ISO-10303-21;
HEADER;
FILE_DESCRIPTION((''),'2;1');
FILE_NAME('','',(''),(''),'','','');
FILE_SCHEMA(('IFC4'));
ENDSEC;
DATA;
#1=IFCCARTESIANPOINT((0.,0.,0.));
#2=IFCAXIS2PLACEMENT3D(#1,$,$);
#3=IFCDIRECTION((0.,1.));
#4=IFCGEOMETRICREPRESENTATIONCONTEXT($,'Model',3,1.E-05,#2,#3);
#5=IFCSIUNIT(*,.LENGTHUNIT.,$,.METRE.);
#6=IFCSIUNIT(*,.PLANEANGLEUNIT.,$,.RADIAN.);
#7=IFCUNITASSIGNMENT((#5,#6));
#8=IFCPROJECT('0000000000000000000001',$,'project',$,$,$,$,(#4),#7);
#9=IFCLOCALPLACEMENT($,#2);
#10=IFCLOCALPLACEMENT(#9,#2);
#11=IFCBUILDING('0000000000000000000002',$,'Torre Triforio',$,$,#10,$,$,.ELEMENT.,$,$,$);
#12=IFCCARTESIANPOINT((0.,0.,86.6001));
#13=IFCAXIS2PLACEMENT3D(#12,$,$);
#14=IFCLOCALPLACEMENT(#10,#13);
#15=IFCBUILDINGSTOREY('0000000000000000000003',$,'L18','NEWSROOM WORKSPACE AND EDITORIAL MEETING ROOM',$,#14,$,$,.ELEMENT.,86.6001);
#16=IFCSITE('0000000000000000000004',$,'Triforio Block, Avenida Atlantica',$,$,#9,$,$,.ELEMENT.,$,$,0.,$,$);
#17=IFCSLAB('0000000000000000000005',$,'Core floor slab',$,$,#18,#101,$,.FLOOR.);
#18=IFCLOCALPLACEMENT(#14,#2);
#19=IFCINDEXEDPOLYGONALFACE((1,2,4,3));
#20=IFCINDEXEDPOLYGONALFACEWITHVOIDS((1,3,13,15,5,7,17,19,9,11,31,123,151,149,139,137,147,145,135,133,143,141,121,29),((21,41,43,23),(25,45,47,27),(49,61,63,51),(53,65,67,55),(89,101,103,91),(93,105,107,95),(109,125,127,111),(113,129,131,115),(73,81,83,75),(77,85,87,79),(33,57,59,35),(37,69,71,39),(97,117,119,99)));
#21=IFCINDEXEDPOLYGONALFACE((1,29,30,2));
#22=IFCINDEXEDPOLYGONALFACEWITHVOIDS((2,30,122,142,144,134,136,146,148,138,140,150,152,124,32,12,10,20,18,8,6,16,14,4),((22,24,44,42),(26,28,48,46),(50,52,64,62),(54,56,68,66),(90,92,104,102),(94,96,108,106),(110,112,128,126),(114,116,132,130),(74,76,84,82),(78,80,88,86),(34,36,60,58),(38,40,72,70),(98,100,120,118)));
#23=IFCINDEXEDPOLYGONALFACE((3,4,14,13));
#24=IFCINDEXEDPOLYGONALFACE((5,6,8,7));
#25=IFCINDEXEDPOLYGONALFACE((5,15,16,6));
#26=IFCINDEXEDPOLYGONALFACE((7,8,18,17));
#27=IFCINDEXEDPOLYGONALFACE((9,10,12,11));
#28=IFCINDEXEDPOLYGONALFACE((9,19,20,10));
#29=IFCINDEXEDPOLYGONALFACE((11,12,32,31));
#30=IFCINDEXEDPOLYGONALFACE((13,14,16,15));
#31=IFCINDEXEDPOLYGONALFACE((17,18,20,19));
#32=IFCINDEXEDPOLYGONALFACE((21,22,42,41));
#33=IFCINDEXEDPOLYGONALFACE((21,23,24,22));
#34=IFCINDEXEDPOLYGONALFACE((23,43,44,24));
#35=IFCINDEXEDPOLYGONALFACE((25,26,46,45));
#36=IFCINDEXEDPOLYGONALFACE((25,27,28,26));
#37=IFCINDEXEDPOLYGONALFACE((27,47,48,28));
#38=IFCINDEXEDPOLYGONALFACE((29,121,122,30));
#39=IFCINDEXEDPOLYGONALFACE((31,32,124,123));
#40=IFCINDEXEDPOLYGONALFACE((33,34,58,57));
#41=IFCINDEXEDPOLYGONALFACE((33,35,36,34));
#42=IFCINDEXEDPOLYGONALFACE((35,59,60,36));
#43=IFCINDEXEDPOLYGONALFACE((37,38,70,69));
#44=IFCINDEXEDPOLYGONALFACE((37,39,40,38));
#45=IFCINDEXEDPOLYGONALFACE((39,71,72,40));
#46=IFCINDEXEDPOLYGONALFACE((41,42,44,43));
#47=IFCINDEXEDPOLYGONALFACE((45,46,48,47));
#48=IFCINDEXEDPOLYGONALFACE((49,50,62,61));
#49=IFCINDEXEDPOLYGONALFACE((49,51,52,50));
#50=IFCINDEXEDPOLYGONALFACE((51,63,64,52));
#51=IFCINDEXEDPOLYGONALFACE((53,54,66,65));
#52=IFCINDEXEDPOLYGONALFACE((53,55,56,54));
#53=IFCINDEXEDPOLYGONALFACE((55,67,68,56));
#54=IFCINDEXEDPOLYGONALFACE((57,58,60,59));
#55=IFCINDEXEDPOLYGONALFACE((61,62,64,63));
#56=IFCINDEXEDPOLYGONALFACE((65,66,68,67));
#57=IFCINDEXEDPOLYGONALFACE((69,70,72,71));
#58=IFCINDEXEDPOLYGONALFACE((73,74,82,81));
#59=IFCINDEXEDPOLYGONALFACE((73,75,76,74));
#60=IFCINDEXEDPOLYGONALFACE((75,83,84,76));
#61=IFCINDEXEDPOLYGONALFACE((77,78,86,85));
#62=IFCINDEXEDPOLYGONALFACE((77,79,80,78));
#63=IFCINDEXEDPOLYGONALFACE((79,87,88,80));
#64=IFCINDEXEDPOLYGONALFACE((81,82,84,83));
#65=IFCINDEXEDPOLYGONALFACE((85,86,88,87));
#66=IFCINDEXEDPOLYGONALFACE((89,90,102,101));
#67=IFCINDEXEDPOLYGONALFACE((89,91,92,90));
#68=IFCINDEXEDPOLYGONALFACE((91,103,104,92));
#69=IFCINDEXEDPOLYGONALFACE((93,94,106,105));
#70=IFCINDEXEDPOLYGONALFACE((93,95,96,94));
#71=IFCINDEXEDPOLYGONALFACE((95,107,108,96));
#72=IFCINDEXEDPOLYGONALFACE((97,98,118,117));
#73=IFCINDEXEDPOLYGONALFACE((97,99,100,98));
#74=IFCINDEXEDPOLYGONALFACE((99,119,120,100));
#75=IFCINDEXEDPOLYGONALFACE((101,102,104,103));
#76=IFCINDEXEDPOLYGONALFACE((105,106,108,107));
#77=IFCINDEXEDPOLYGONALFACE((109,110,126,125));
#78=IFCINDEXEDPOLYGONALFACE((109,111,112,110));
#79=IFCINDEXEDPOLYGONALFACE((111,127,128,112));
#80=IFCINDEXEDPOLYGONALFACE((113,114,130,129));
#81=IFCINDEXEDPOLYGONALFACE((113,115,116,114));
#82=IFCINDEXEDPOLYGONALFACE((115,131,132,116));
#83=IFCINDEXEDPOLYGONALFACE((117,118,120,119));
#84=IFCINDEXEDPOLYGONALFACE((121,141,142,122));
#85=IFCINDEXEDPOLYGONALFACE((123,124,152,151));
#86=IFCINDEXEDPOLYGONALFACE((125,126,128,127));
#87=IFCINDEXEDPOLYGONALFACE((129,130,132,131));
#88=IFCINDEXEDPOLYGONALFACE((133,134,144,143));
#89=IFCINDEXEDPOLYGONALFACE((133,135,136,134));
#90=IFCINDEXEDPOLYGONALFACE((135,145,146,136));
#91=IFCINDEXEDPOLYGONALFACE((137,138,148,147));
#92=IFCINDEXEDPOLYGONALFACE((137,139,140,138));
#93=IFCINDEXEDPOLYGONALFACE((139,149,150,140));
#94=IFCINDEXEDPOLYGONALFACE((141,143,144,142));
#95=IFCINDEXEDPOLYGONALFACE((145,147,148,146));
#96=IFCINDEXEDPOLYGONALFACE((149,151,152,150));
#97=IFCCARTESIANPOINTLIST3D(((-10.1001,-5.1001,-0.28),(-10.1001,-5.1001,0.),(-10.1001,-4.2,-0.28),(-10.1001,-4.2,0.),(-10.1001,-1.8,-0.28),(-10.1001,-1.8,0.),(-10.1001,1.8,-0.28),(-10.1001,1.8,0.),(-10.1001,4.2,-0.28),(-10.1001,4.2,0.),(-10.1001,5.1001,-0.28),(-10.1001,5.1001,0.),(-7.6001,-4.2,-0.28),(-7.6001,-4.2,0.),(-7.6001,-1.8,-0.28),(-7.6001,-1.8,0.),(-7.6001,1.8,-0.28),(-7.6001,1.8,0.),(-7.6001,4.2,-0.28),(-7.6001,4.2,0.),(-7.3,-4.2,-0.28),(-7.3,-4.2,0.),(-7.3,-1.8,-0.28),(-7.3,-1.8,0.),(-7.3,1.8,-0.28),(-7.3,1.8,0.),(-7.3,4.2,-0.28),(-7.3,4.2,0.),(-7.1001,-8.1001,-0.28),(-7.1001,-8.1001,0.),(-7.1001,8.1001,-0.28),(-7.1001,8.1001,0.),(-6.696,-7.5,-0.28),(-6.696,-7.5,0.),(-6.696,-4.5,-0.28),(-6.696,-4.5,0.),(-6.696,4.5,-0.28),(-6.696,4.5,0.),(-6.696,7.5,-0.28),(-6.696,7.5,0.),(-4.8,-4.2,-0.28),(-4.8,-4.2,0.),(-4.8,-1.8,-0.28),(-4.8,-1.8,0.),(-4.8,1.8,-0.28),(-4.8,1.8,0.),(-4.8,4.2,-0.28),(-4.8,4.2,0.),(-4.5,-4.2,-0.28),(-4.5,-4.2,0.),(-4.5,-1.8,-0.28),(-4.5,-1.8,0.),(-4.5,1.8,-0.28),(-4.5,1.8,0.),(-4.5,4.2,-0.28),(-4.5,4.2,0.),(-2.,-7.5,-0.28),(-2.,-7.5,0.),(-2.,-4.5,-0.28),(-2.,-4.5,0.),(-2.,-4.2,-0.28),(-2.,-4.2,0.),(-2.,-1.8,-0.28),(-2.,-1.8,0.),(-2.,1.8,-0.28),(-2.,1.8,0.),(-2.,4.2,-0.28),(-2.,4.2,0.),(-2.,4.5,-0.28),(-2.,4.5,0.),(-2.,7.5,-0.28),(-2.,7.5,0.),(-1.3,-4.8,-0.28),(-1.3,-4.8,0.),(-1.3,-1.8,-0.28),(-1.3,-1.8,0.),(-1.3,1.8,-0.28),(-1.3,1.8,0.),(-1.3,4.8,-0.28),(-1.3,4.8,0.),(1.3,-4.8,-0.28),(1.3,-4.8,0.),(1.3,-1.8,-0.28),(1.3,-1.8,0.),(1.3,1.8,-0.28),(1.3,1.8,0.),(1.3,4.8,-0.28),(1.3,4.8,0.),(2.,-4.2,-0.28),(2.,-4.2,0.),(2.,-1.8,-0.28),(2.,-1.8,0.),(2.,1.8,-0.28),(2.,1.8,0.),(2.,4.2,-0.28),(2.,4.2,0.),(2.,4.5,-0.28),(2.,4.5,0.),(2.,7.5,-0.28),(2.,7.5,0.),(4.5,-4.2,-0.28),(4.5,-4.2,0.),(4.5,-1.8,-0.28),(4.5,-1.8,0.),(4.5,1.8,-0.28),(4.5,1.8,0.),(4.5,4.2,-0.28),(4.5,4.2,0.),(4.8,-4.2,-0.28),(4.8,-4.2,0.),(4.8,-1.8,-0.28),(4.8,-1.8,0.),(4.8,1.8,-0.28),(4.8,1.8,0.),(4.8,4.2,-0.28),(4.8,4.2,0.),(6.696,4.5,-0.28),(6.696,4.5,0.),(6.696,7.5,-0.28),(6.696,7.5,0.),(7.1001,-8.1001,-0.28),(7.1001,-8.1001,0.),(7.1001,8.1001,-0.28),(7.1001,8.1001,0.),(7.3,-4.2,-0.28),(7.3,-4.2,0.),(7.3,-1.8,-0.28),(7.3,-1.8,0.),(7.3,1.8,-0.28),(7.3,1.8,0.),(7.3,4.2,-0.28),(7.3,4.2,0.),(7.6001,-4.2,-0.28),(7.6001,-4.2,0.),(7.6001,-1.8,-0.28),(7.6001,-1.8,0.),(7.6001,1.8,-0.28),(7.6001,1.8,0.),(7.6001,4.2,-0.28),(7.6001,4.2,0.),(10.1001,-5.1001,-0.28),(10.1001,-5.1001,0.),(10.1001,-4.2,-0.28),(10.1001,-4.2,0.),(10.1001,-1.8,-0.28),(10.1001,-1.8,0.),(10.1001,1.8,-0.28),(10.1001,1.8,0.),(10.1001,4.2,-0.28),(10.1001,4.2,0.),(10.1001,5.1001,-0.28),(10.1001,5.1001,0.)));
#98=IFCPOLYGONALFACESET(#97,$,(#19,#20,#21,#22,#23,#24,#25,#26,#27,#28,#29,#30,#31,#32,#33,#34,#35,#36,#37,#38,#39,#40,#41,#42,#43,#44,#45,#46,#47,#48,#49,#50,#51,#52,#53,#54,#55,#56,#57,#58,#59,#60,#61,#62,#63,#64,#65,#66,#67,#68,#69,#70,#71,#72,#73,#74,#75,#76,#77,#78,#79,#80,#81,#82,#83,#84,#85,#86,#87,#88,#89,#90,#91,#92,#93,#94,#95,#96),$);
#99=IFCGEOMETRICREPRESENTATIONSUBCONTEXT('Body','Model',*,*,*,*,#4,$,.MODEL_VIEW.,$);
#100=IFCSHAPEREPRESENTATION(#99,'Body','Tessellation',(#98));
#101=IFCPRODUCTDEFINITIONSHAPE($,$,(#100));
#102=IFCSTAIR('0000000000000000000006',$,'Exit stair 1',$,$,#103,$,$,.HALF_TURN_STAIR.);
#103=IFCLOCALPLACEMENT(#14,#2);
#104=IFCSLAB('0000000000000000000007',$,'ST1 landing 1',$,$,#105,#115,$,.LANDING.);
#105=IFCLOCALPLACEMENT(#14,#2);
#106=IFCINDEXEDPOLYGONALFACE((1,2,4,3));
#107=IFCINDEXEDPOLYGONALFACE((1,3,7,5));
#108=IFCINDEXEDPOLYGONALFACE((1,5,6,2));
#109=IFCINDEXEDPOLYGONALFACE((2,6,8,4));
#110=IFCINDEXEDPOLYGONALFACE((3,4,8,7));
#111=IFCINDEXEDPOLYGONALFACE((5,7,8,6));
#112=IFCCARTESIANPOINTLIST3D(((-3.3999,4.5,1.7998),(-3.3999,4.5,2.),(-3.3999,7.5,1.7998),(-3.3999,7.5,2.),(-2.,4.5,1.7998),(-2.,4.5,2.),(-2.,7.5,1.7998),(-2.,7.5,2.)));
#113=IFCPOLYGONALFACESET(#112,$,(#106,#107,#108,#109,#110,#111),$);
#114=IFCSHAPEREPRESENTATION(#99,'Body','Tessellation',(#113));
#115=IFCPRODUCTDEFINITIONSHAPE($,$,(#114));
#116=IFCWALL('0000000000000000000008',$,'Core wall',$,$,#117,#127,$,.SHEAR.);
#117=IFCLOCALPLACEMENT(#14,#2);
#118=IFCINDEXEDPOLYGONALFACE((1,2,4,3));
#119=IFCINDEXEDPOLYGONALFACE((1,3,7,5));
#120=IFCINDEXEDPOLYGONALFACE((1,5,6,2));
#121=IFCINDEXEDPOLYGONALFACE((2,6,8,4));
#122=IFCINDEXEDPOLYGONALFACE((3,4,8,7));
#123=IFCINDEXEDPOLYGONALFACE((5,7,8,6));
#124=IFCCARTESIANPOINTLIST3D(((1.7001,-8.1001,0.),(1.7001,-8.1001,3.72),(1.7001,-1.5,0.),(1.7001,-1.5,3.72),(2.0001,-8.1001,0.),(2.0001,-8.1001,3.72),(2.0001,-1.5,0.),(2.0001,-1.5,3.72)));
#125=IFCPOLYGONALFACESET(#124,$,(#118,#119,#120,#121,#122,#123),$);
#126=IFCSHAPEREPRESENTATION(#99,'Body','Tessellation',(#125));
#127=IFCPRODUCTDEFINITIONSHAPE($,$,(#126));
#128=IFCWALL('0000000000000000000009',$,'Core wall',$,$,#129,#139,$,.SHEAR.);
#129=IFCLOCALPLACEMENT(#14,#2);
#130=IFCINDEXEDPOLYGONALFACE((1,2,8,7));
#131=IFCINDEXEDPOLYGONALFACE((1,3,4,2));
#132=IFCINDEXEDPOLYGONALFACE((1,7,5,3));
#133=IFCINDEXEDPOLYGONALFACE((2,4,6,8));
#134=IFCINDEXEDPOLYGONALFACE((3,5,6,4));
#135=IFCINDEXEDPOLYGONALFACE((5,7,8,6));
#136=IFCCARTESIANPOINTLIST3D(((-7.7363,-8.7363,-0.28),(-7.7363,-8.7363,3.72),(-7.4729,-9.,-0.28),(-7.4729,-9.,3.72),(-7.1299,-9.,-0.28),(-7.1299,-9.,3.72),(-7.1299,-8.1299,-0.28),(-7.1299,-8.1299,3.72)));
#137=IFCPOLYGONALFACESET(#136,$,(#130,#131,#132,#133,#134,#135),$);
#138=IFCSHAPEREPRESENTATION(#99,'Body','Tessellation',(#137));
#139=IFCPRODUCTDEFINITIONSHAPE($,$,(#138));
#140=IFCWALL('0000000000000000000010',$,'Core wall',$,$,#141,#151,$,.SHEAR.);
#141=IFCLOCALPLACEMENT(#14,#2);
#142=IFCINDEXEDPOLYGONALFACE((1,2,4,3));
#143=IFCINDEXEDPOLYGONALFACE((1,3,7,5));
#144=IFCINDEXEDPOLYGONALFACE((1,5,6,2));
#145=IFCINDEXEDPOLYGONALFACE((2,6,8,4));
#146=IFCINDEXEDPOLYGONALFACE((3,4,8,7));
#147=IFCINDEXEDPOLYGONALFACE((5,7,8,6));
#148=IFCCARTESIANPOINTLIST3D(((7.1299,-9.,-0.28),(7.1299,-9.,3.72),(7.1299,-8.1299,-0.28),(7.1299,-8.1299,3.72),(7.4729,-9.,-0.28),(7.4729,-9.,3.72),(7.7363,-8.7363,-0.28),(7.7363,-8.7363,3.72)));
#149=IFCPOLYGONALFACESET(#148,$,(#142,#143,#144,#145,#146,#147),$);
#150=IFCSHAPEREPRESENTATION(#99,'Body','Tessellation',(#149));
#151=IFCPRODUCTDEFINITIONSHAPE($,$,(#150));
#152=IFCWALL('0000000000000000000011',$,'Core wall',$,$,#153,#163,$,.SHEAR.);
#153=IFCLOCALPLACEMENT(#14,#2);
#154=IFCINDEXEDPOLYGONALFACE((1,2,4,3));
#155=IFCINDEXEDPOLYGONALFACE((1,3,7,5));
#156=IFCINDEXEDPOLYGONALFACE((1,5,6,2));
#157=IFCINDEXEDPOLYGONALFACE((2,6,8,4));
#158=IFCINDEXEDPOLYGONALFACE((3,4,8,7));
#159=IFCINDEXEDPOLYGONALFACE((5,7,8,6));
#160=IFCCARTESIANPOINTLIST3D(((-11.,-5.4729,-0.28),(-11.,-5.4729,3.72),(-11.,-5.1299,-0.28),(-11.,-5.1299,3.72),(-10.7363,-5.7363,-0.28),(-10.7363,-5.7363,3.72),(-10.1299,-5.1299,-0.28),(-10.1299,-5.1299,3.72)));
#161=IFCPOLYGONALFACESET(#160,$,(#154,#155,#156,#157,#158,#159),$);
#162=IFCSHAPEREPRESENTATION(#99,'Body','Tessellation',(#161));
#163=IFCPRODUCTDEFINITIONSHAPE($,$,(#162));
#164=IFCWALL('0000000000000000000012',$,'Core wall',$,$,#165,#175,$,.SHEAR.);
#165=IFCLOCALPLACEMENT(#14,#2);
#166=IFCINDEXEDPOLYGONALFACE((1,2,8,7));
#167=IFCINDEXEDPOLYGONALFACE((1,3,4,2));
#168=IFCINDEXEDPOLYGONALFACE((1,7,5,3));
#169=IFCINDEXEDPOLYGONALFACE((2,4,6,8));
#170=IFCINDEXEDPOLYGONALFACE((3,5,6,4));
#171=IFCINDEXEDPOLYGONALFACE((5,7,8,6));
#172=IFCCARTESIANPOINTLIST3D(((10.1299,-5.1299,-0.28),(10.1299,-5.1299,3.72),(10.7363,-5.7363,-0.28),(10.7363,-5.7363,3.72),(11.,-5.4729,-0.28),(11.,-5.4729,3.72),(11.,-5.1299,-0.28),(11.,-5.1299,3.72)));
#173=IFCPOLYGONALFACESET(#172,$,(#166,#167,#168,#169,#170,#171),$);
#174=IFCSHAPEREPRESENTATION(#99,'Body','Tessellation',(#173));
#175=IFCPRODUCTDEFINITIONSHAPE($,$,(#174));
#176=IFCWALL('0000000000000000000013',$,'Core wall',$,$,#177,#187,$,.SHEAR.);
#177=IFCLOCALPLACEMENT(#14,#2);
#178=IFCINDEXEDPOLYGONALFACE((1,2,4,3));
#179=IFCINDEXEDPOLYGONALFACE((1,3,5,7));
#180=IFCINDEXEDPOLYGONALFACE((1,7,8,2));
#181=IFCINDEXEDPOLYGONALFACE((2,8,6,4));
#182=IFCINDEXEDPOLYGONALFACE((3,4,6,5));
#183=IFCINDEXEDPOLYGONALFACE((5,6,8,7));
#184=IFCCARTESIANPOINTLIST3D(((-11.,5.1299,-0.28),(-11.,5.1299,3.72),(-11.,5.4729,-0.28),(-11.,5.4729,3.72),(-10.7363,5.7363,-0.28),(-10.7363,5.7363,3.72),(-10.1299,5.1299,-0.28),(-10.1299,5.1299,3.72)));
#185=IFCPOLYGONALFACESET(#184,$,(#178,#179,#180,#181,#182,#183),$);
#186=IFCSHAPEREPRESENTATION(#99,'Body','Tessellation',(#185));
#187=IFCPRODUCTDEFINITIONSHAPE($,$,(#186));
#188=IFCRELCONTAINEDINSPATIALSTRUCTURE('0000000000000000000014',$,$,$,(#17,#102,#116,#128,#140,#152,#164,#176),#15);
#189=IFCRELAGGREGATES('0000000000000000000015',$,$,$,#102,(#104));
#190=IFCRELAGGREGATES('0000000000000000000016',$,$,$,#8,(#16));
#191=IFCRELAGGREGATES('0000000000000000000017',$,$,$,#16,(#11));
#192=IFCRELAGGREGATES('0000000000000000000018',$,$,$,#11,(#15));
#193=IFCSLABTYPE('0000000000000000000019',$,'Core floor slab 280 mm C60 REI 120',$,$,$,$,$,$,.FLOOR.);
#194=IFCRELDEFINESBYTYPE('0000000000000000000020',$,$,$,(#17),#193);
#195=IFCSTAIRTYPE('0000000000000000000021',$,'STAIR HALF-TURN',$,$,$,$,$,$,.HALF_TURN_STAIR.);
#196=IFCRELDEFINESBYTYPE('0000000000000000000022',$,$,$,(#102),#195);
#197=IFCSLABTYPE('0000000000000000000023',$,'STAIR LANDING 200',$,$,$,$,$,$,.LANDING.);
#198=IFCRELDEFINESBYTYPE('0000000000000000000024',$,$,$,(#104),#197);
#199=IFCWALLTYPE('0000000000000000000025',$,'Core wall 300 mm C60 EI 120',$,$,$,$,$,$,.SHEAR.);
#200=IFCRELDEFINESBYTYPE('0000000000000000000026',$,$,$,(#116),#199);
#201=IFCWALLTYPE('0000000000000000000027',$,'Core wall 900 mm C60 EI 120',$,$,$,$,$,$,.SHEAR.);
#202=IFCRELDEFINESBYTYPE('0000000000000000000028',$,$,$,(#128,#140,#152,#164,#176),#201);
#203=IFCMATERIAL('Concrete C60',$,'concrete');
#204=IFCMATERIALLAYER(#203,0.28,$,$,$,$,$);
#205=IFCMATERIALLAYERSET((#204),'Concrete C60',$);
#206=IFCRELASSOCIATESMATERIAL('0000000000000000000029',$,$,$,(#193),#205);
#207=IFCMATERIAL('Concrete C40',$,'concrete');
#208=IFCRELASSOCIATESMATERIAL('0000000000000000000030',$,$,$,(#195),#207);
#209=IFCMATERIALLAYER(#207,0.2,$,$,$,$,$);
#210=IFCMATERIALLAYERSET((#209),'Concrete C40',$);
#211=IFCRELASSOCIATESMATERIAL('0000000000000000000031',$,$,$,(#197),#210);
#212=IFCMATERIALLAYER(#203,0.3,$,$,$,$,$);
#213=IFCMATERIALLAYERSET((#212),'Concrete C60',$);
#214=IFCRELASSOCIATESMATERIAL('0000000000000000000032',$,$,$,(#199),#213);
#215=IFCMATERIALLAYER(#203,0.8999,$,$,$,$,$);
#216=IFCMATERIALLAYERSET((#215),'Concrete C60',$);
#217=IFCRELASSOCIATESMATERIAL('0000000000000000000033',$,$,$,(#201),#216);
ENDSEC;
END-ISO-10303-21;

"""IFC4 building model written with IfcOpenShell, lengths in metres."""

from ifc_helpers import new_model, si_unit, direction, frame, frame_2d, origin, place, context, subcontext, project, spatial, polyline, rectangle, outline, extrude, material, layer, layer_set, type_object, element, aggregate, save


model = new_model("IFC4")

# Units and contexts
model_context = context("Model", 3, precision=1e-05, world=origin(), true_north=direction((0.0, 1.0)))
body_context = subcontext(model_context, "Body", "Model", "MODEL_VIEW")
ifc_project = project(units=[si_unit("LENGTHUNIT", "METRE"), si_unit("PLANEANGLEUNIT", "RADIAN")], contexts=[model_context])

# Site, building, storey
site_placement = place(None, origin())
site = spatial("IfcSite", under=ifc_project, at=site_placement, Name="Triforio Block, Avenida Atlantica", CompositionType="ELEMENT", RefElevation=0.0)
building_placement = place(site_placement, origin())
building = spatial("IfcBuilding", under=site, at=building_placement, Name="Torre Triforio", CompositionType="ELEMENT")
storey_placement = place(building_placement, frame((0.0, 0.0, 86.6001)))
storey = spatial("IfcBuildingStorey", under=building, at=storey_placement, Name="L18", Description="NEWSROOM WORKSPACE AND EDITORIAL MEETING ROOM", CompositionType="ELEMENT", Elevation=86.6001)

# Slab
ifc_material_1 = material(Name="Concrete C60", Category="concrete")
ifc_layer_1 = layer(ifc_material_1, 0.28)
ifc_layer_set_1 = layer_set([ifc_layer_1], Name="Concrete C60")
slab_type_1 = type_object("IfcSlabType", Name="Core floor slab 280 mm C60 REI 120", PredefinedType="FLOOR", material=ifc_layer_set_1)
slab_1_placement = place(storey_placement, frame((0.0, 0.0, -0.28)))
element("IfcSlab", 1, at=slab_1_placement, inside=storey, type_object=slab_type_1, Name="Core floor slab", PredefinedType="FLOOR", context=body_context, shape_type="SweptSolid", body=[
    extrude(outline(polyline([(10.1001, -5.1001), (7.1001, -8.1001), (-7.1001, -8.1001), (-10.1001, -5.1001), (-10.1001, -4.2), (-7.6001, -4.2), (-7.6001, -1.8), (-10.1001, -1.8), (-10.1001, 1.8), (-7.6001, 1.8), (-7.6001, 4.2), (-10.1001, 4.2), (-10.1001, 5.1001), (-7.1001, 8.1001), (7.1001, 8.1001), (10.1001, 5.1001), (10.1001, 4.2), (7.6001, 4.2), (7.6001, 1.8), (10.1001, 1.8), (10.1001, -1.8), (7.6001, -1.8), (7.6001, -4.2), (10.1001, -4.2), (10.1001, -5.1001)]), holes=[polyline([(-2.0, -4.5), (-6.696, -4.5), (-6.696, -7.5), (-2.0, -7.5), (-2.0, -4.5)]), polyline([(-4.8, -1.8), (-7.3, -1.8), (-7.3, -4.2), (-4.8, -4.2), (-4.8, -1.8)]), polyline([(-2.0, -1.8), (-4.5, -1.8), (-4.5, -4.2), (-2.0, -4.2), (-2.0, -1.8)]), polyline([(-4.8, 4.2), (-7.3, 4.2), (-7.3, 1.8), (-4.8, 1.8), (-4.8, 4.2)]), polyline([(-2.0, 4.2), (-4.5, 4.2), (-4.5, 1.8), (-2.0, 1.8), (-2.0, 4.2)]), polyline([(1.3, 4.8), (-1.3, 4.8), (-1.3, 1.8), (1.3, 1.8), (1.3, 4.8)]), polyline([(-2.0, 7.5), (-6.696, 7.5), (-6.696, 4.5), (-2.0, 4.5), (-2.0, 7.5)]), polyline([(1.3, -1.8), (-1.3, -1.8), (-1.3, -4.8), (1.3, -4.8), (1.3, -1.8)]), polyline([(4.5, -1.8), (2.0, -1.8), (2.0, -4.2), (4.5, -4.2), (4.5, -1.8)]), polyline([(7.3, -1.8), (4.8, -1.8), (4.8, -4.2), (7.3, -4.2), (7.3, -1.8)]), polyline([(4.5, 4.2), (2.0, 4.2), (2.0, 1.8), (4.5, 1.8), (4.5, 4.2)]), polyline([(7.3, 4.2), (4.8, 4.2), (4.8, 1.8), (7.3, 1.8), (7.3, 4.2)]), polyline([(6.696, 4.5), (6.696, 7.5), (2.0, 7.5), (2.0, 4.5), (6.696, 4.5)])]), origin(), (0.0, 0.0, 1.0), 0.28),
])

# Stair, slab
ifc_material_2 = material(Name="Concrete C40", Category="concrete")
stair_type = type_object("IfcStairType", Name="STAIR HALF-TURN", PredefinedType="HALF_TURN_STAIR", material=ifc_material_2)
stair_placement = place(storey_placement, origin())
stair = element("IfcStair", 2, at=stair_placement, inside=storey, type_object=stair_type, Name="Exit stair 1", PredefinedType="HALF_TURN_STAIR")
ifc_layer_2 = layer(ifc_material_2, 0.2)
ifc_layer_set_2 = layer_set([ifc_layer_2], Name="Concrete C40")
slab_type_2 = type_object("IfcSlabType", Name="STAIR LANDING 200", PredefinedType="LANDING", material=ifc_layer_set_2)
slab_2_placement = place(storey_placement, frame((0.0, 0.0, 1.7998)))
slab_2 = element("IfcSlab", 3, at=slab_2_placement, type_object=slab_type_2, Name="ST1 landing 1", PredefinedType="LANDING", context=body_context, shape_type="SweptSolid", body=[
    extrude(outline(polyline([(-2.0, 4.5), (-2.0, 7.5), (-3.3999, 7.5), (-3.3999, 4.5), (-2.0, 4.5)])), origin(), (0.0, 0.0, 1.0), 0.2002),
])
aggregate(stair, [slab_2])

# Walls
ifc_layer_3 = layer(ifc_material_1, 0.3)
ifc_layer_set_3 = layer_set([ifc_layer_3], Name="Concrete C60")
wall_type_1 = type_object("IfcWallType", Name="Core wall 300 mm C60 EI 120", PredefinedType="SHEAR", material=ifc_layer_set_3)
wall_1_placement = place(storey_placement, frame((1.8501, -8.1001, 0.0), z_axis=(0.0, 0.0, 1.0), x_axis=(0.0, 1.0, 0.0)))
element("IfcWall", 4, at=wall_1_placement, inside=storey, type_object=wall_type_1, Name="Core wall", PredefinedType="SHEAR", context=body_context, shape_type="SweptSolid", body=[
    extrude(rectangle(XDim=6.6001, YDim=0.3, at=frame_2d((3.3, 0.0))), origin(), (0.0, 0.0, 1.0), 3.72),
])
ifc_layer_4 = layer(ifc_material_1, 0.8999)
ifc_layer_set_4 = layer_set([ifc_layer_4], Name="Concrete C60")
wall_type_2 = type_object("IfcWallType", Name="Core wall 900 mm C60 EI 120", PredefinedType="SHEAR", material=ifc_layer_set_4)
wall_2_placement = place(storey_placement, frame((0.0, 0.0, -0.28)))
element("IfcWall", 5, at=wall_2_placement, inside=storey, type_object=wall_type_2, Name="Core wall", PredefinedType="SHEAR", context=body_context, shape_type="SweptSolid", body=[
    extrude(outline(polyline([(-7.4729, -9.0), (-7.7363, -8.7363), (-7.1299, -8.1299), (-7.1299, -9.0), (-7.4729, -9.0)])), origin(), (0.0, 0.0, 1.0), 4.0),
])
wall_3_placement = place(storey_placement, frame((0.0, 0.0, -0.28)))
element("IfcWall", 6, at=wall_3_placement, inside=storey, type_object=wall_type_2, Name="Core wall", PredefinedType="SHEAR", context=body_context, shape_type="SweptSolid", body=[
    extrude(outline(polyline([(7.4729, -9.0), (7.1299, -9.0), (7.1299, -8.1299), (7.7363, -8.7363), (7.4729, -9.0)])), origin(), (0.0, 0.0, 1.0), 4.0),
])
wall_4_placement = place(storey_placement, frame((0.0, 0.0, -0.28)))
element("IfcWall", 7, at=wall_4_placement, inside=storey, type_object=wall_type_2, Name="Core wall", PredefinedType="SHEAR", context=body_context, shape_type="SweptSolid", body=[
    extrude(outline(polyline([(-11.0, -5.4729), (-11.0, -5.1299), (-10.1299, -5.1299), (-10.7363, -5.7363), (-11.0, -5.4729)])), origin(), (0.0, 0.0, 1.0), 4.0),
])
wall_5_placement = place(storey_placement, frame((0.0, 0.0, -0.28)))
element("IfcWall", 8, at=wall_5_placement, inside=storey, type_object=wall_type_2, Name="Core wall", PredefinedType="SHEAR", context=body_context, shape_type="SweptSolid", body=[
    extrude(outline(polyline([(11.0, -5.4729), (10.7363, -5.7363), (10.1299, -5.1299), (11.0, -5.1299), (11.0, -5.4729)])), origin(), (0.0, 0.0, 1.0), 4.0),
])
wall_6_placement = place(storey_placement, frame((0.0, 0.0, -0.28)))
element("IfcWall", 9, at=wall_6_placement, inside=storey, type_object=wall_type_2, Name="Core wall", PredefinedType="SHEAR", context=body_context, shape_type="SweptSolid", body=[
    extrude(outline(polyline([(-10.7363, 5.7363), (-10.1299, 5.1299), (-11.0, 5.1299), (-11.0, 5.4729), (-10.7363, 5.7363)])), origin(), (0.0, 0.0, 1.0), 4.0),
])

save(model, "model.ifc")
